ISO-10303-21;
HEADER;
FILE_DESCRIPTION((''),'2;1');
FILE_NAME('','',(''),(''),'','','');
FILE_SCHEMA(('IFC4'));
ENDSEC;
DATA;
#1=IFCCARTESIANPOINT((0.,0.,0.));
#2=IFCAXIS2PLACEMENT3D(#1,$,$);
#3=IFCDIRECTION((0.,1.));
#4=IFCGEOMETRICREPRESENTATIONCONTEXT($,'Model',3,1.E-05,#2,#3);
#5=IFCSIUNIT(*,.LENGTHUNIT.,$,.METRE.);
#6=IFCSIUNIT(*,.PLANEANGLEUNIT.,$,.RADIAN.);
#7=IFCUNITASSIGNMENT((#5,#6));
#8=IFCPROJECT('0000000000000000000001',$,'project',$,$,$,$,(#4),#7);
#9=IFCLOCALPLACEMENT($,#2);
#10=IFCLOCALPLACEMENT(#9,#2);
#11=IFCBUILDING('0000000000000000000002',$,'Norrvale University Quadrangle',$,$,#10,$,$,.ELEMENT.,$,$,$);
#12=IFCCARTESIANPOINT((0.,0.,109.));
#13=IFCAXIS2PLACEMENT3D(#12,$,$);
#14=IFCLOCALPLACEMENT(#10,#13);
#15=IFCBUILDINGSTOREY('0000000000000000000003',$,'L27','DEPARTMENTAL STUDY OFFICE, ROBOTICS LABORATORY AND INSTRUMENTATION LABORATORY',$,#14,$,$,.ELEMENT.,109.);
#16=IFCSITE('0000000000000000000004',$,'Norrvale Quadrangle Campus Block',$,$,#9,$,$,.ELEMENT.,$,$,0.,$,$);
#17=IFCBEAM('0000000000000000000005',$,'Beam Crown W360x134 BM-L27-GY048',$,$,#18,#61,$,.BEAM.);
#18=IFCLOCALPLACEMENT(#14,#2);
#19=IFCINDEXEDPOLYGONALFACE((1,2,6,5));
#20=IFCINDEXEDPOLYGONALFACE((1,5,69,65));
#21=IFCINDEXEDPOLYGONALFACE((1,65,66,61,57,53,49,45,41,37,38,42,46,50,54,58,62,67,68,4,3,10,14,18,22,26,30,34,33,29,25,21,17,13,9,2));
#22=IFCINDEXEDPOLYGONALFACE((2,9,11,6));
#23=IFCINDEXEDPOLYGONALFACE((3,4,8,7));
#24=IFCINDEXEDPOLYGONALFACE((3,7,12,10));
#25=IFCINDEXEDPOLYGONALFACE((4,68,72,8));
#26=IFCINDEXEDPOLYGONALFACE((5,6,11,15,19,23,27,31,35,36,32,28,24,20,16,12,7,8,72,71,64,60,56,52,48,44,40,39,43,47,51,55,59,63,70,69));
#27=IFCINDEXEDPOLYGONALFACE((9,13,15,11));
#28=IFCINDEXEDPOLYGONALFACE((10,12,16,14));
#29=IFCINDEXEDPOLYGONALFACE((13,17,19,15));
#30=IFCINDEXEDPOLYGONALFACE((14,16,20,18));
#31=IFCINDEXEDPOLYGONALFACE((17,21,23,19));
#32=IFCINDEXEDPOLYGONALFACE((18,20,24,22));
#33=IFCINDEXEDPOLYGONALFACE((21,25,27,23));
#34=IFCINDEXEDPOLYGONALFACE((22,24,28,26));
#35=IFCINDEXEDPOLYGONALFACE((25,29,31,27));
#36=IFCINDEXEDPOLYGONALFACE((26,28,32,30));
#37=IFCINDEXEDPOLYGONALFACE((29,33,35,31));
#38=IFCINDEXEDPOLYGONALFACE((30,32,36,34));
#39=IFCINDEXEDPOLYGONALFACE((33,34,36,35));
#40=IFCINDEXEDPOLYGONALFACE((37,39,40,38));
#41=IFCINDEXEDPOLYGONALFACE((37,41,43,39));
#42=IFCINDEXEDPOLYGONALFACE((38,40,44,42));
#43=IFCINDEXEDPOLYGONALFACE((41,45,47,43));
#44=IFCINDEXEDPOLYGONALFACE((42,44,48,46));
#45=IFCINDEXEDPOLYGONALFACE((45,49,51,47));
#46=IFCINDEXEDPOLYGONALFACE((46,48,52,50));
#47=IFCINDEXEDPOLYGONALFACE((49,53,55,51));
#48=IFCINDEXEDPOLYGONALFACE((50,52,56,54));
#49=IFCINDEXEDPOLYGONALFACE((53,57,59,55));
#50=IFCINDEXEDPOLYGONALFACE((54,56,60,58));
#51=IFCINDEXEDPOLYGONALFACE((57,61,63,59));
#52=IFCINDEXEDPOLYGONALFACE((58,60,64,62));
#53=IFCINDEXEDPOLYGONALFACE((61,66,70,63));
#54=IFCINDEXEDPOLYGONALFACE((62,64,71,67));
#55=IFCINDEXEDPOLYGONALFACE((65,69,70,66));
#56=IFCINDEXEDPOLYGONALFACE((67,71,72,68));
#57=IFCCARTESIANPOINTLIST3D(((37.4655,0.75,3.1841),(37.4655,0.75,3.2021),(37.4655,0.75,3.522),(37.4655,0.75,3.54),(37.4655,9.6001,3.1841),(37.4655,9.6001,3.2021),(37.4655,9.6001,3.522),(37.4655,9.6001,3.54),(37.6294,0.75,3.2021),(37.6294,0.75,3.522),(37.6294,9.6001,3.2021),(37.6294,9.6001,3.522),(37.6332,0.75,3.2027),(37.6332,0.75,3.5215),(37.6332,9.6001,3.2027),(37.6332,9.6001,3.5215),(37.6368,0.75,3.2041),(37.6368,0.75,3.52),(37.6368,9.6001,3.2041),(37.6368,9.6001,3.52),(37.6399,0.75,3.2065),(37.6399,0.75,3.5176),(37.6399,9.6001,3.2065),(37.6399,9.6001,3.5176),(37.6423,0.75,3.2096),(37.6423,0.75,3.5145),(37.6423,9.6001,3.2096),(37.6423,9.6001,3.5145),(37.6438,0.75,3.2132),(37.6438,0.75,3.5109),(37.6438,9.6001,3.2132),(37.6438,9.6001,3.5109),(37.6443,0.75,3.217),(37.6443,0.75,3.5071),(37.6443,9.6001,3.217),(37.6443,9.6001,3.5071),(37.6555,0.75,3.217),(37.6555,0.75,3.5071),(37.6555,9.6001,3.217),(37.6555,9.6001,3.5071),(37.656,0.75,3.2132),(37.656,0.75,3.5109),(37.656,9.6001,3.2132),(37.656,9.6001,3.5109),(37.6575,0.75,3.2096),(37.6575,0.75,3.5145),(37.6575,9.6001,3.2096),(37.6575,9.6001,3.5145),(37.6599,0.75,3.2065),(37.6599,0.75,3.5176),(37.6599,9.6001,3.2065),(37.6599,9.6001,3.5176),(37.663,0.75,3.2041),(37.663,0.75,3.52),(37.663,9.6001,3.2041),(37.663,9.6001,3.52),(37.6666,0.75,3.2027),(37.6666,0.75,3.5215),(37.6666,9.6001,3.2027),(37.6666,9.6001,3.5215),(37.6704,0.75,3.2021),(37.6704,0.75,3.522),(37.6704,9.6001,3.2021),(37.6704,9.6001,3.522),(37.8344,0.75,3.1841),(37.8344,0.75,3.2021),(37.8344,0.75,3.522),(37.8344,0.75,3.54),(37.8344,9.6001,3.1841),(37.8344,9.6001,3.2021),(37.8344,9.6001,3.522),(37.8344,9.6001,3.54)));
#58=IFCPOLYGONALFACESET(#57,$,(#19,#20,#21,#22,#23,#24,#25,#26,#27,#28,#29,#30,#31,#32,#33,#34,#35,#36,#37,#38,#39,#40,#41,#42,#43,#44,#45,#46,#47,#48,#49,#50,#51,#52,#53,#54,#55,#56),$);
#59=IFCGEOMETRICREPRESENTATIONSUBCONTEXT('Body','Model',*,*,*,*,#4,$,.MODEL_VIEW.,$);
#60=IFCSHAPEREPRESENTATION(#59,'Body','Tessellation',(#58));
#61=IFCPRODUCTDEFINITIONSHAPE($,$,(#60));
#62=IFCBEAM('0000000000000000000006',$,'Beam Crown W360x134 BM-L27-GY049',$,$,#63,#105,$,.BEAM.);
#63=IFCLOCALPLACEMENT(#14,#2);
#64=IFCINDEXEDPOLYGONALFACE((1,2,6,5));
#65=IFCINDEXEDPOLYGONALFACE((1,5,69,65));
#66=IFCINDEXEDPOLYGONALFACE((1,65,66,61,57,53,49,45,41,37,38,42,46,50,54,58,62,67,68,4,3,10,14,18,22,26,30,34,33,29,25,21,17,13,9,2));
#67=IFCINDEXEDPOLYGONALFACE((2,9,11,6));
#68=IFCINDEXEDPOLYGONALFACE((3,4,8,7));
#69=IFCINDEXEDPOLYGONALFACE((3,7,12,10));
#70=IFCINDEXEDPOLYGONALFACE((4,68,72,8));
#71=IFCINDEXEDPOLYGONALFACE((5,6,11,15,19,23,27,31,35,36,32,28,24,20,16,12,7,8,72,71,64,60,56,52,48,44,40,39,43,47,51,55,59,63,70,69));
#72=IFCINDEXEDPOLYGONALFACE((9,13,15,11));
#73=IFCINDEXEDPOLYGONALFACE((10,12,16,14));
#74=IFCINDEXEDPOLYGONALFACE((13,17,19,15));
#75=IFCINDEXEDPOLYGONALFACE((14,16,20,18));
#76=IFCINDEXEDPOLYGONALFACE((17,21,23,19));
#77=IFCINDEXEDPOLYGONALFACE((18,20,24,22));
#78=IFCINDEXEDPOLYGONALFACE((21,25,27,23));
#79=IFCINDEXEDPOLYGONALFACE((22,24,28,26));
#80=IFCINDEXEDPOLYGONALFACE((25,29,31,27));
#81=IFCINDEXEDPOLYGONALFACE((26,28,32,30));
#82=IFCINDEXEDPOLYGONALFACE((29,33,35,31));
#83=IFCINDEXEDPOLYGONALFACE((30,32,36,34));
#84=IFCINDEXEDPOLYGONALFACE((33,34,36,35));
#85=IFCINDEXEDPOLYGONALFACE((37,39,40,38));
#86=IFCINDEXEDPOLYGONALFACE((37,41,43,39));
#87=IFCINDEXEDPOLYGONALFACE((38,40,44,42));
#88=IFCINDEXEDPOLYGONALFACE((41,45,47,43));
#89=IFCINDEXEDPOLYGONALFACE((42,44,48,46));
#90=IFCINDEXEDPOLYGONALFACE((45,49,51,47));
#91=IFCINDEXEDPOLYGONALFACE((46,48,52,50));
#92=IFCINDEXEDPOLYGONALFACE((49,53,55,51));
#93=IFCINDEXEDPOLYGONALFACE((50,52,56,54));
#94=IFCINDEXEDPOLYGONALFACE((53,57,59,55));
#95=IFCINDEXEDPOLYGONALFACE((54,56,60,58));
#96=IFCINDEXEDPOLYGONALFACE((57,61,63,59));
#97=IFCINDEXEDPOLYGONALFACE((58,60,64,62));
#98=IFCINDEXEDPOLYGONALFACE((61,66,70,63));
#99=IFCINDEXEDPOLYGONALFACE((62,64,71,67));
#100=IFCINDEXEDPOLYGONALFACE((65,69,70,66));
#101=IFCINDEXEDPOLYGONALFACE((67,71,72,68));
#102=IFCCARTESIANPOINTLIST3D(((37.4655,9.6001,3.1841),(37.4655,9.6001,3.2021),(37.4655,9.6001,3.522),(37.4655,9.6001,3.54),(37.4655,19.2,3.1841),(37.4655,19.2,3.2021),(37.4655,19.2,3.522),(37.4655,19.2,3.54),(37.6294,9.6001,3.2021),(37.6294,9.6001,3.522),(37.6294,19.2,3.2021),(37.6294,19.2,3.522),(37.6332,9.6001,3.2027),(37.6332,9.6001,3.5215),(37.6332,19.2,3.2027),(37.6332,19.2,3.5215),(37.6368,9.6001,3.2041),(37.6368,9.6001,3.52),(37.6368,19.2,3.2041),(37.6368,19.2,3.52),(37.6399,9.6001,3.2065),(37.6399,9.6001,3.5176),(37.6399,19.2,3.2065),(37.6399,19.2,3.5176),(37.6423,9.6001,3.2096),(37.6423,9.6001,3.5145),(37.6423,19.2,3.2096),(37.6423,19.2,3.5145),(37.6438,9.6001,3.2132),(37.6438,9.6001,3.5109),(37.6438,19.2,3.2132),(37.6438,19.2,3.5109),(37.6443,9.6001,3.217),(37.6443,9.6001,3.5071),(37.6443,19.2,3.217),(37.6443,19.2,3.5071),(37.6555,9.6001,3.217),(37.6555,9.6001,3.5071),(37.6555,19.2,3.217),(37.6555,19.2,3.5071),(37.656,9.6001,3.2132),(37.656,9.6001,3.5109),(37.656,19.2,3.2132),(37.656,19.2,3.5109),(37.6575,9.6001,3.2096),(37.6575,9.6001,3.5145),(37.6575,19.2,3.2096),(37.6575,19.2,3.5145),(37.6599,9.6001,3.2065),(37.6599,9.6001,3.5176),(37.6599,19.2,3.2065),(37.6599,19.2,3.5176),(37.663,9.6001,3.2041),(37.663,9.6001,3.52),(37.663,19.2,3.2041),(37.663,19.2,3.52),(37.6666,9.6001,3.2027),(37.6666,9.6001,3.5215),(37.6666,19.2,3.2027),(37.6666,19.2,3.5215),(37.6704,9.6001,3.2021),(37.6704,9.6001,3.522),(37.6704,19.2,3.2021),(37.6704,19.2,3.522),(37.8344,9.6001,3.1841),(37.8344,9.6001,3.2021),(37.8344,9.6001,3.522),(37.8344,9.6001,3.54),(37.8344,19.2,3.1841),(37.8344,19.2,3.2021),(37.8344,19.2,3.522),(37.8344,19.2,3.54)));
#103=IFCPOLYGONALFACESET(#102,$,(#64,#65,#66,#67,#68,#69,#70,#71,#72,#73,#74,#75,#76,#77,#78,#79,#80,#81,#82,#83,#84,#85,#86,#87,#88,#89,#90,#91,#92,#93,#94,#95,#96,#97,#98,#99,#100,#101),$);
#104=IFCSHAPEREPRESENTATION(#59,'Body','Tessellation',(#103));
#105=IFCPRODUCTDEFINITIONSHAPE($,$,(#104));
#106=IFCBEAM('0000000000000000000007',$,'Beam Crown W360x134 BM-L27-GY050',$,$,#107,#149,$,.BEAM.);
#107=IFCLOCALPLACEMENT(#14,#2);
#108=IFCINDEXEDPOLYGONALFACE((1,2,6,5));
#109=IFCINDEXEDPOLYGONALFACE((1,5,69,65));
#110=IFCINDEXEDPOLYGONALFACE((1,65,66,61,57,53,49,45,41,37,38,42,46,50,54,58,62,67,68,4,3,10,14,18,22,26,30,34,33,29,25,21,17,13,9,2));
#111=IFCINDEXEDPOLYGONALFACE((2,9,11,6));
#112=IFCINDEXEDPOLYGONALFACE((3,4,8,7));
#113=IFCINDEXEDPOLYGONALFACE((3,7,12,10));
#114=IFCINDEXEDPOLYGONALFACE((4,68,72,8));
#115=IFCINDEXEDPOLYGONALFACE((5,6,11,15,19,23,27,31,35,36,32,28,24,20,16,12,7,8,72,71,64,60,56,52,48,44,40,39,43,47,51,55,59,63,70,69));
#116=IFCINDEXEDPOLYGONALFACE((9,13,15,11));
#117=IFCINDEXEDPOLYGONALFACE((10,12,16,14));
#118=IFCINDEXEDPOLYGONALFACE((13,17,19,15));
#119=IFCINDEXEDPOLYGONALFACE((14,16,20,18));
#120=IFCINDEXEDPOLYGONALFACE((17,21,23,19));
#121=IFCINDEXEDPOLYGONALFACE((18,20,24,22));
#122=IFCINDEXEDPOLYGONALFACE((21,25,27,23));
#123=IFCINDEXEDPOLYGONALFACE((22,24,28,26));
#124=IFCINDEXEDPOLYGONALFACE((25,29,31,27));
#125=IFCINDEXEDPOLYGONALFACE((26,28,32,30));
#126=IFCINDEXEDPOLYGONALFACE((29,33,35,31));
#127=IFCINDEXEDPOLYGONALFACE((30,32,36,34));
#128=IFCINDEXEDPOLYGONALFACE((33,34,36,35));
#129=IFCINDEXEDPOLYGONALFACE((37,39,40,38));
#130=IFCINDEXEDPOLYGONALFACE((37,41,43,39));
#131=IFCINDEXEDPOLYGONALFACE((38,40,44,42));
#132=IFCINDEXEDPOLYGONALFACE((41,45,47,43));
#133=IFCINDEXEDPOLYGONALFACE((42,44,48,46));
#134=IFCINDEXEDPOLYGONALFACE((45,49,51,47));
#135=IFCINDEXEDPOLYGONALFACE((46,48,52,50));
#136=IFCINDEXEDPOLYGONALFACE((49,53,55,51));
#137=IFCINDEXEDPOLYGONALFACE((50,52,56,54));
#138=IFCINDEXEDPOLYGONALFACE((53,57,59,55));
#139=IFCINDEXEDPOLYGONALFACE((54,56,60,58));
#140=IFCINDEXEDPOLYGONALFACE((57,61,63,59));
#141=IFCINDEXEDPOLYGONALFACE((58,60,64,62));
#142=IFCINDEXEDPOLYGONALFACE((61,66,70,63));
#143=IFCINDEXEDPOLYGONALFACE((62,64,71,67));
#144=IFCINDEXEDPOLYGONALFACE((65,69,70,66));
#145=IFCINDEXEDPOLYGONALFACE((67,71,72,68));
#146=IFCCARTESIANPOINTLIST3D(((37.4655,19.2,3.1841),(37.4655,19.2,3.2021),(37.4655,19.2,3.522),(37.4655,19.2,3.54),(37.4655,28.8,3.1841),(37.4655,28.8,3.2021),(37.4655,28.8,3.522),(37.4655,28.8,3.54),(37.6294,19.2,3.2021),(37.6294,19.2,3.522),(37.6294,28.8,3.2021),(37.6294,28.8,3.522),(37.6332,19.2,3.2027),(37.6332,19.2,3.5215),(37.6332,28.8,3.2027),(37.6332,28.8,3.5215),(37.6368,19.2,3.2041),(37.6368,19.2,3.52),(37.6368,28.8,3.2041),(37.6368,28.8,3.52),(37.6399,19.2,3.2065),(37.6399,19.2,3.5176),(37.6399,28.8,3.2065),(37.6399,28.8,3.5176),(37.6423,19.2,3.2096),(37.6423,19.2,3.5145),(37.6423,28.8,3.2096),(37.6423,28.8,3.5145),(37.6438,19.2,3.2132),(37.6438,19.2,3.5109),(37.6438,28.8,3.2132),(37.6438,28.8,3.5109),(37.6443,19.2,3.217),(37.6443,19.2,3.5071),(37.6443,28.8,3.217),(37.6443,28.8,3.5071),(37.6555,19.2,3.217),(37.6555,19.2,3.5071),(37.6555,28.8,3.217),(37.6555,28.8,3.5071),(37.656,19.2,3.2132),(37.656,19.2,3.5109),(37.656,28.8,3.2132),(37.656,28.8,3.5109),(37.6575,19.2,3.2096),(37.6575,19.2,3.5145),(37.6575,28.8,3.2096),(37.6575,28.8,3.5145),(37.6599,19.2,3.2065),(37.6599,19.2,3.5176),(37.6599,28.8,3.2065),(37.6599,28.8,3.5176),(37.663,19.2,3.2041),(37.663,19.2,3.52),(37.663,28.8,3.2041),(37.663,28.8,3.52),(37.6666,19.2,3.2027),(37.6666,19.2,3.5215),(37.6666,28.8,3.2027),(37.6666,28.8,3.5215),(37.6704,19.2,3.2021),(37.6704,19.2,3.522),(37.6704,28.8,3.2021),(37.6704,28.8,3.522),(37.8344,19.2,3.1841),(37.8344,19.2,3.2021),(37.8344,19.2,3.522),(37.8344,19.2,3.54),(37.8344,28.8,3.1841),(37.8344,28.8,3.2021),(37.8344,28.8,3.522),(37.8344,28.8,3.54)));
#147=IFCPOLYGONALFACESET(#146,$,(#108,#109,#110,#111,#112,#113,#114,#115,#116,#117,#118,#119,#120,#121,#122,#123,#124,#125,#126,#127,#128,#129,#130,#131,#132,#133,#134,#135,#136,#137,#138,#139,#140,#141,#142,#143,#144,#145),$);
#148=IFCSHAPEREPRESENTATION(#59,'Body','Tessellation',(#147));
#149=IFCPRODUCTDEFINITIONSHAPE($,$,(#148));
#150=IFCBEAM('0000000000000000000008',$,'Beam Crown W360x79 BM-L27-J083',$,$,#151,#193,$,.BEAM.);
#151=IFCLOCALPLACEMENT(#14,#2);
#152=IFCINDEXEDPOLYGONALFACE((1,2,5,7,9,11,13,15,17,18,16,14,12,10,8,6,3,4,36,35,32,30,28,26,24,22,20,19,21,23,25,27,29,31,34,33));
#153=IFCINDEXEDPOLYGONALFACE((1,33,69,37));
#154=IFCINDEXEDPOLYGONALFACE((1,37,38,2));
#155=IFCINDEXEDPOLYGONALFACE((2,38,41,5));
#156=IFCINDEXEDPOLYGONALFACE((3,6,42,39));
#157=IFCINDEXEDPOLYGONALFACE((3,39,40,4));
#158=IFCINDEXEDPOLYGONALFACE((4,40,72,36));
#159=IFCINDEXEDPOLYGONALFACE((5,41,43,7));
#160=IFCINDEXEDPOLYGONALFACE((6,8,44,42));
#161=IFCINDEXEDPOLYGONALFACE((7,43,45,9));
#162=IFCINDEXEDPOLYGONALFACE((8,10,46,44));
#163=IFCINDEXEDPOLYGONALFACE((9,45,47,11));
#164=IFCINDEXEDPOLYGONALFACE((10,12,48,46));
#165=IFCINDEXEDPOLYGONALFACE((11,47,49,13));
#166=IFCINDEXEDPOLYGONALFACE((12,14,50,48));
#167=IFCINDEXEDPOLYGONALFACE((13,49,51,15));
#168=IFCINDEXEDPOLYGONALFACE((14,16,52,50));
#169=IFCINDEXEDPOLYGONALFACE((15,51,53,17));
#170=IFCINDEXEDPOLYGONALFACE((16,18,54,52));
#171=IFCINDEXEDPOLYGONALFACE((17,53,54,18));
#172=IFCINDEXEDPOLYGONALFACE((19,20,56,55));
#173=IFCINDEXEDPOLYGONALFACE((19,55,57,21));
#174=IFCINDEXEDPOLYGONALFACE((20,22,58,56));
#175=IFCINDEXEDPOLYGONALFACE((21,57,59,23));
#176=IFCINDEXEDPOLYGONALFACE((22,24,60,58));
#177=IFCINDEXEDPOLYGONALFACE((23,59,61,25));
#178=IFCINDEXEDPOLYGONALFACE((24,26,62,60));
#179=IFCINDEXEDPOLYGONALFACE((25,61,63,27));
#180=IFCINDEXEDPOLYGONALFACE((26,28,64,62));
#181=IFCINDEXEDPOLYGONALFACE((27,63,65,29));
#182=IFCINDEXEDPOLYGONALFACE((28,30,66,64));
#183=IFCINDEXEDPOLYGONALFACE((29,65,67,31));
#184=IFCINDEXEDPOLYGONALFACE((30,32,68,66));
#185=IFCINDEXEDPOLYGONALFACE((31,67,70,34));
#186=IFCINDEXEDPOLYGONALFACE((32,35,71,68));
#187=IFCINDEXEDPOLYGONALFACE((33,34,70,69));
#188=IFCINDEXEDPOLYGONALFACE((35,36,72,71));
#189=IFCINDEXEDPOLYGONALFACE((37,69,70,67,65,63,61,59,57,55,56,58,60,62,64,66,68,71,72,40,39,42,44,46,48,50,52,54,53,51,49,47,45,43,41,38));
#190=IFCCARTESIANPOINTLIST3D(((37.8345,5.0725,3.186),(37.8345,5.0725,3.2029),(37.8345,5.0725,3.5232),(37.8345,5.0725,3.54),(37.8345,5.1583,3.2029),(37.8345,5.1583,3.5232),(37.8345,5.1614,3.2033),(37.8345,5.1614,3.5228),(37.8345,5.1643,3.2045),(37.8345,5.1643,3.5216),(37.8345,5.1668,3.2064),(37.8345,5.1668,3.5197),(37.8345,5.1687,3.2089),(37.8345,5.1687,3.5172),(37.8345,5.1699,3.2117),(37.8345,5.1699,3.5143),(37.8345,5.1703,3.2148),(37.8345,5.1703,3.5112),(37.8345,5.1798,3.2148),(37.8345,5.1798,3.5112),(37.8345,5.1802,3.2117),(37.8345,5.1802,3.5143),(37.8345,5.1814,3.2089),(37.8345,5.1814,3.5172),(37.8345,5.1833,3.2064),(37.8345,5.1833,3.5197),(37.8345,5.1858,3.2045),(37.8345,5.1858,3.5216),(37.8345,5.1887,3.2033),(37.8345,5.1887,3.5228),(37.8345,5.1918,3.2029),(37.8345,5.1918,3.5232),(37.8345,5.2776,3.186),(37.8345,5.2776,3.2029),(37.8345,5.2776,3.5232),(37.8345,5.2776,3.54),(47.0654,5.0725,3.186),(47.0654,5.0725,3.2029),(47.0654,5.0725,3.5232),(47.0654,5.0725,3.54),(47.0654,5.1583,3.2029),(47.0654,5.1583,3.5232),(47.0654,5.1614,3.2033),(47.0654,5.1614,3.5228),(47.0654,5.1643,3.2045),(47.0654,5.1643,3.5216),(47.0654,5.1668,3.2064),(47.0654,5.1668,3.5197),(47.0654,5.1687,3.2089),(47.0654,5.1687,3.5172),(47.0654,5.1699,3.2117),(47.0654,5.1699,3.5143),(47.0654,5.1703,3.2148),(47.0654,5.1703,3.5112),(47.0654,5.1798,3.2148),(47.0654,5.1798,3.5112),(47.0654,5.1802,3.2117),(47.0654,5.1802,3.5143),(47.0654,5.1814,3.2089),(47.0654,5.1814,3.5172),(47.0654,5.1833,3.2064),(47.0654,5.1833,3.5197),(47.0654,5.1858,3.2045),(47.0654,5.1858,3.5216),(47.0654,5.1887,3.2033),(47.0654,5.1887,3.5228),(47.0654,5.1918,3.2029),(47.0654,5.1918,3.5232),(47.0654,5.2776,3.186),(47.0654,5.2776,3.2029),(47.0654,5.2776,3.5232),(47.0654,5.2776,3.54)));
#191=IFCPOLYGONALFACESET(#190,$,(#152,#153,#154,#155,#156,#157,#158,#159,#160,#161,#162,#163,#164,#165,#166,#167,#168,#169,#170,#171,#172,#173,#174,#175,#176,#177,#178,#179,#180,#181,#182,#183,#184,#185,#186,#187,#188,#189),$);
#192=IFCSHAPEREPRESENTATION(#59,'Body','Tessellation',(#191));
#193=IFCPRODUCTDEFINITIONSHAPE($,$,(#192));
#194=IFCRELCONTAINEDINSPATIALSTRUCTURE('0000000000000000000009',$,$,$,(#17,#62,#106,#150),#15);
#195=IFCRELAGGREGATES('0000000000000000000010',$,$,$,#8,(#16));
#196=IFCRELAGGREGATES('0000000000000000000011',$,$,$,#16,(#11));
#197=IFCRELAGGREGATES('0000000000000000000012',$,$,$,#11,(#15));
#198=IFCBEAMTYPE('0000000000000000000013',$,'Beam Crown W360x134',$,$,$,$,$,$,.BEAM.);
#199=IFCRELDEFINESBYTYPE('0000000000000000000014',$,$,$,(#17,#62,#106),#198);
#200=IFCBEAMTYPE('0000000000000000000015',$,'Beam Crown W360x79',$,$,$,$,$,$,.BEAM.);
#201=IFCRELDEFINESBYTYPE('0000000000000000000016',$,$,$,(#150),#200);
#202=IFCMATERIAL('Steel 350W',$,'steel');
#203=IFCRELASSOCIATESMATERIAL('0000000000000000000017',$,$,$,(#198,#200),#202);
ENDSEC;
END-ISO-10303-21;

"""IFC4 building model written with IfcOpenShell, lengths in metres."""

from ifc_helpers import new_model, si_unit, direction, frame, origin, origin_2d, place, context, subcontext, project, spatial, i_section, extrude, material, material_profile, profile_set, type_object, element, save


model = new_model("IFC4")

# Units and contexts
model_context = context("Model", 3, precision=1e-05, world=origin(), true_north=direction((0.0, 1.0)))
body_context = subcontext(model_context, "Body", "Model", "MODEL_VIEW")
ifc_project = project(units=[si_unit("LENGTHUNIT", "METRE"), si_unit("PLANEANGLEUNIT", "RADIAN")], contexts=[model_context])

# Site, building, storey
site_placement = place(None, origin())
site = spatial("IfcSite", under=ifc_project, at=site_placement, Name="Norrvale Quadrangle Campus Block", CompositionType="ELEMENT", RefElevation=0.0)
building_placement = place(site_placement, origin())
building = spatial("IfcBuilding", under=site, at=building_placement, Name="Norrvale University Quadrangle", CompositionType="ELEMENT")
storey_placement = place(building_placement, frame((0.0, 0.0, 109.0)))
storey = spatial("IfcBuildingStorey", under=building, at=storey_placement, Name="L27", Description="DEPARTMENTAL STUDY OFFICE, ROBOTICS LABORATORY AND INSTRUMENTATION LABORATORY", CompositionType="ELEMENT", Elevation=109.0)

# Beams
ifc_material_1 = material(Name="Steel 350W", Category="steel")
ifc_material_profile_1 = material_profile(ifc_material_1, i_section(OverallWidth=0.3689, OverallDepth=0.356, WebThickness=0.0112, FlangeThickness=0.0181, FilletRadius=0.0149, at=origin_2d()), Name="Steel 350W")
ifc_profile_set_1 = profile_set([ifc_material_profile_1], Name="Steel 350W")
beam_type_1 = type_object("IfcBeamType", Name="Beam Crown W360x134", PredefinedType="BEAM", material=ifc_profile_set_1)
beam_1_placement = place(storey_placement, frame((37.6499, 0.75, 3.3621), z_axis=(0.0, 1.0, 0.0), x_axis=(-1.0, 0.0, 0.0)))
element("IfcBeam", 1, at=beam_1_placement, inside=storey, type_object=beam_type_1, Name="Beam Crown W360x134 BM-L27-GY048", PredefinedType="BEAM", context=body_context, shape_type="SweptSolid", body=[
    extrude(i_section(OverallWidth=0.3689, OverallDepth=0.356, WebThickness=0.0112, FlangeThickness=0.0181, FilletRadius=0.0149, at=origin_2d()), origin(), (0.0, 0.0, 1.0), 8.8501),
])
beam_2_placement = place(storey_placement, frame((37.6499, 9.6001, 3.3621), z_axis=(0.0, 1.0, 0.0), x_axis=(-1.0, 0.0, 0.0)))
element("IfcBeam", 2, at=beam_2_placement, inside=storey, type_object=beam_type_1, Name="Beam Crown W360x134 BM-L27-GY049", PredefinedType="BEAM", context=body_context, shape_type="SweptSolid", body=[
    extrude(i_section(OverallWidth=0.3689, OverallDepth=0.356, WebThickness=0.0112, FlangeThickness=0.0181, FilletRadius=0.0149, at=origin_2d()), origin(), (0.0, 0.0, 1.0), 9.5999),
])
beam_3_placement = place(storey_placement, frame((37.6499, 19.2, 3.3621), z_axis=(0.0, 1.0, 0.0), x_axis=(-1.0, 0.0, 0.0)))
element("IfcBeam", 3, at=beam_3_placement, inside=storey, type_object=beam_type_1, Name="Beam Crown W360x134 BM-L27-GY050", PredefinedType="BEAM", context=body_context, shape_type="SweptSolid", body=[
    extrude(i_section(OverallWidth=0.3689, OverallDepth=0.356, WebThickness=0.0112, FlangeThickness=0.0181, FilletRadius=0.0149, at=origin_2d()), origin(), (0.0, 0.0, 1.0), 9.6001),
])
ifc_material_profile_2 = material_profile(ifc_material_1, i_section(OverallWidth=0.2051, OverallDepth=0.354, WebThickness=0.0095, FlangeThickness=0.0168, FilletRadius=0.012, at=origin_2d()), Name="Steel 350W")
ifc_profile_set_2 = profile_set([ifc_material_profile_2], Name="Steel 350W")
beam_type_2 = type_object("IfcBeamType", Name="Beam Crown W360x79", PredefinedType="BEAM", material=ifc_profile_set_2)
for number, where, z_axis, x_axis, name in (
    (4, (37.8345, 5.175, 3.363), (1.0, 0.0, 0.0), (0.0, 1.0, 0.0), "Beam Crown W360x79 BM-L27-J083"),
):
    element("IfcBeam", number, at=place(storey_placement, frame(where, z_axis=z_axis, x_axis=x_axis)), inside=storey, type_object=beam_type_2, Name=name, PredefinedType="BEAM", context=body_context, shape_type="SweptSolid", body=[
        extrude(i_section(OverallWidth=0.2051, OverallDepth=0.354, WebThickness=0.0095, FlangeThickness=0.0168, FilletRadius=0.012, at=origin_2d()), origin(), (0.0, 0.0, 1.0), 9.231),
    ])

save(model, "model.ifc")
